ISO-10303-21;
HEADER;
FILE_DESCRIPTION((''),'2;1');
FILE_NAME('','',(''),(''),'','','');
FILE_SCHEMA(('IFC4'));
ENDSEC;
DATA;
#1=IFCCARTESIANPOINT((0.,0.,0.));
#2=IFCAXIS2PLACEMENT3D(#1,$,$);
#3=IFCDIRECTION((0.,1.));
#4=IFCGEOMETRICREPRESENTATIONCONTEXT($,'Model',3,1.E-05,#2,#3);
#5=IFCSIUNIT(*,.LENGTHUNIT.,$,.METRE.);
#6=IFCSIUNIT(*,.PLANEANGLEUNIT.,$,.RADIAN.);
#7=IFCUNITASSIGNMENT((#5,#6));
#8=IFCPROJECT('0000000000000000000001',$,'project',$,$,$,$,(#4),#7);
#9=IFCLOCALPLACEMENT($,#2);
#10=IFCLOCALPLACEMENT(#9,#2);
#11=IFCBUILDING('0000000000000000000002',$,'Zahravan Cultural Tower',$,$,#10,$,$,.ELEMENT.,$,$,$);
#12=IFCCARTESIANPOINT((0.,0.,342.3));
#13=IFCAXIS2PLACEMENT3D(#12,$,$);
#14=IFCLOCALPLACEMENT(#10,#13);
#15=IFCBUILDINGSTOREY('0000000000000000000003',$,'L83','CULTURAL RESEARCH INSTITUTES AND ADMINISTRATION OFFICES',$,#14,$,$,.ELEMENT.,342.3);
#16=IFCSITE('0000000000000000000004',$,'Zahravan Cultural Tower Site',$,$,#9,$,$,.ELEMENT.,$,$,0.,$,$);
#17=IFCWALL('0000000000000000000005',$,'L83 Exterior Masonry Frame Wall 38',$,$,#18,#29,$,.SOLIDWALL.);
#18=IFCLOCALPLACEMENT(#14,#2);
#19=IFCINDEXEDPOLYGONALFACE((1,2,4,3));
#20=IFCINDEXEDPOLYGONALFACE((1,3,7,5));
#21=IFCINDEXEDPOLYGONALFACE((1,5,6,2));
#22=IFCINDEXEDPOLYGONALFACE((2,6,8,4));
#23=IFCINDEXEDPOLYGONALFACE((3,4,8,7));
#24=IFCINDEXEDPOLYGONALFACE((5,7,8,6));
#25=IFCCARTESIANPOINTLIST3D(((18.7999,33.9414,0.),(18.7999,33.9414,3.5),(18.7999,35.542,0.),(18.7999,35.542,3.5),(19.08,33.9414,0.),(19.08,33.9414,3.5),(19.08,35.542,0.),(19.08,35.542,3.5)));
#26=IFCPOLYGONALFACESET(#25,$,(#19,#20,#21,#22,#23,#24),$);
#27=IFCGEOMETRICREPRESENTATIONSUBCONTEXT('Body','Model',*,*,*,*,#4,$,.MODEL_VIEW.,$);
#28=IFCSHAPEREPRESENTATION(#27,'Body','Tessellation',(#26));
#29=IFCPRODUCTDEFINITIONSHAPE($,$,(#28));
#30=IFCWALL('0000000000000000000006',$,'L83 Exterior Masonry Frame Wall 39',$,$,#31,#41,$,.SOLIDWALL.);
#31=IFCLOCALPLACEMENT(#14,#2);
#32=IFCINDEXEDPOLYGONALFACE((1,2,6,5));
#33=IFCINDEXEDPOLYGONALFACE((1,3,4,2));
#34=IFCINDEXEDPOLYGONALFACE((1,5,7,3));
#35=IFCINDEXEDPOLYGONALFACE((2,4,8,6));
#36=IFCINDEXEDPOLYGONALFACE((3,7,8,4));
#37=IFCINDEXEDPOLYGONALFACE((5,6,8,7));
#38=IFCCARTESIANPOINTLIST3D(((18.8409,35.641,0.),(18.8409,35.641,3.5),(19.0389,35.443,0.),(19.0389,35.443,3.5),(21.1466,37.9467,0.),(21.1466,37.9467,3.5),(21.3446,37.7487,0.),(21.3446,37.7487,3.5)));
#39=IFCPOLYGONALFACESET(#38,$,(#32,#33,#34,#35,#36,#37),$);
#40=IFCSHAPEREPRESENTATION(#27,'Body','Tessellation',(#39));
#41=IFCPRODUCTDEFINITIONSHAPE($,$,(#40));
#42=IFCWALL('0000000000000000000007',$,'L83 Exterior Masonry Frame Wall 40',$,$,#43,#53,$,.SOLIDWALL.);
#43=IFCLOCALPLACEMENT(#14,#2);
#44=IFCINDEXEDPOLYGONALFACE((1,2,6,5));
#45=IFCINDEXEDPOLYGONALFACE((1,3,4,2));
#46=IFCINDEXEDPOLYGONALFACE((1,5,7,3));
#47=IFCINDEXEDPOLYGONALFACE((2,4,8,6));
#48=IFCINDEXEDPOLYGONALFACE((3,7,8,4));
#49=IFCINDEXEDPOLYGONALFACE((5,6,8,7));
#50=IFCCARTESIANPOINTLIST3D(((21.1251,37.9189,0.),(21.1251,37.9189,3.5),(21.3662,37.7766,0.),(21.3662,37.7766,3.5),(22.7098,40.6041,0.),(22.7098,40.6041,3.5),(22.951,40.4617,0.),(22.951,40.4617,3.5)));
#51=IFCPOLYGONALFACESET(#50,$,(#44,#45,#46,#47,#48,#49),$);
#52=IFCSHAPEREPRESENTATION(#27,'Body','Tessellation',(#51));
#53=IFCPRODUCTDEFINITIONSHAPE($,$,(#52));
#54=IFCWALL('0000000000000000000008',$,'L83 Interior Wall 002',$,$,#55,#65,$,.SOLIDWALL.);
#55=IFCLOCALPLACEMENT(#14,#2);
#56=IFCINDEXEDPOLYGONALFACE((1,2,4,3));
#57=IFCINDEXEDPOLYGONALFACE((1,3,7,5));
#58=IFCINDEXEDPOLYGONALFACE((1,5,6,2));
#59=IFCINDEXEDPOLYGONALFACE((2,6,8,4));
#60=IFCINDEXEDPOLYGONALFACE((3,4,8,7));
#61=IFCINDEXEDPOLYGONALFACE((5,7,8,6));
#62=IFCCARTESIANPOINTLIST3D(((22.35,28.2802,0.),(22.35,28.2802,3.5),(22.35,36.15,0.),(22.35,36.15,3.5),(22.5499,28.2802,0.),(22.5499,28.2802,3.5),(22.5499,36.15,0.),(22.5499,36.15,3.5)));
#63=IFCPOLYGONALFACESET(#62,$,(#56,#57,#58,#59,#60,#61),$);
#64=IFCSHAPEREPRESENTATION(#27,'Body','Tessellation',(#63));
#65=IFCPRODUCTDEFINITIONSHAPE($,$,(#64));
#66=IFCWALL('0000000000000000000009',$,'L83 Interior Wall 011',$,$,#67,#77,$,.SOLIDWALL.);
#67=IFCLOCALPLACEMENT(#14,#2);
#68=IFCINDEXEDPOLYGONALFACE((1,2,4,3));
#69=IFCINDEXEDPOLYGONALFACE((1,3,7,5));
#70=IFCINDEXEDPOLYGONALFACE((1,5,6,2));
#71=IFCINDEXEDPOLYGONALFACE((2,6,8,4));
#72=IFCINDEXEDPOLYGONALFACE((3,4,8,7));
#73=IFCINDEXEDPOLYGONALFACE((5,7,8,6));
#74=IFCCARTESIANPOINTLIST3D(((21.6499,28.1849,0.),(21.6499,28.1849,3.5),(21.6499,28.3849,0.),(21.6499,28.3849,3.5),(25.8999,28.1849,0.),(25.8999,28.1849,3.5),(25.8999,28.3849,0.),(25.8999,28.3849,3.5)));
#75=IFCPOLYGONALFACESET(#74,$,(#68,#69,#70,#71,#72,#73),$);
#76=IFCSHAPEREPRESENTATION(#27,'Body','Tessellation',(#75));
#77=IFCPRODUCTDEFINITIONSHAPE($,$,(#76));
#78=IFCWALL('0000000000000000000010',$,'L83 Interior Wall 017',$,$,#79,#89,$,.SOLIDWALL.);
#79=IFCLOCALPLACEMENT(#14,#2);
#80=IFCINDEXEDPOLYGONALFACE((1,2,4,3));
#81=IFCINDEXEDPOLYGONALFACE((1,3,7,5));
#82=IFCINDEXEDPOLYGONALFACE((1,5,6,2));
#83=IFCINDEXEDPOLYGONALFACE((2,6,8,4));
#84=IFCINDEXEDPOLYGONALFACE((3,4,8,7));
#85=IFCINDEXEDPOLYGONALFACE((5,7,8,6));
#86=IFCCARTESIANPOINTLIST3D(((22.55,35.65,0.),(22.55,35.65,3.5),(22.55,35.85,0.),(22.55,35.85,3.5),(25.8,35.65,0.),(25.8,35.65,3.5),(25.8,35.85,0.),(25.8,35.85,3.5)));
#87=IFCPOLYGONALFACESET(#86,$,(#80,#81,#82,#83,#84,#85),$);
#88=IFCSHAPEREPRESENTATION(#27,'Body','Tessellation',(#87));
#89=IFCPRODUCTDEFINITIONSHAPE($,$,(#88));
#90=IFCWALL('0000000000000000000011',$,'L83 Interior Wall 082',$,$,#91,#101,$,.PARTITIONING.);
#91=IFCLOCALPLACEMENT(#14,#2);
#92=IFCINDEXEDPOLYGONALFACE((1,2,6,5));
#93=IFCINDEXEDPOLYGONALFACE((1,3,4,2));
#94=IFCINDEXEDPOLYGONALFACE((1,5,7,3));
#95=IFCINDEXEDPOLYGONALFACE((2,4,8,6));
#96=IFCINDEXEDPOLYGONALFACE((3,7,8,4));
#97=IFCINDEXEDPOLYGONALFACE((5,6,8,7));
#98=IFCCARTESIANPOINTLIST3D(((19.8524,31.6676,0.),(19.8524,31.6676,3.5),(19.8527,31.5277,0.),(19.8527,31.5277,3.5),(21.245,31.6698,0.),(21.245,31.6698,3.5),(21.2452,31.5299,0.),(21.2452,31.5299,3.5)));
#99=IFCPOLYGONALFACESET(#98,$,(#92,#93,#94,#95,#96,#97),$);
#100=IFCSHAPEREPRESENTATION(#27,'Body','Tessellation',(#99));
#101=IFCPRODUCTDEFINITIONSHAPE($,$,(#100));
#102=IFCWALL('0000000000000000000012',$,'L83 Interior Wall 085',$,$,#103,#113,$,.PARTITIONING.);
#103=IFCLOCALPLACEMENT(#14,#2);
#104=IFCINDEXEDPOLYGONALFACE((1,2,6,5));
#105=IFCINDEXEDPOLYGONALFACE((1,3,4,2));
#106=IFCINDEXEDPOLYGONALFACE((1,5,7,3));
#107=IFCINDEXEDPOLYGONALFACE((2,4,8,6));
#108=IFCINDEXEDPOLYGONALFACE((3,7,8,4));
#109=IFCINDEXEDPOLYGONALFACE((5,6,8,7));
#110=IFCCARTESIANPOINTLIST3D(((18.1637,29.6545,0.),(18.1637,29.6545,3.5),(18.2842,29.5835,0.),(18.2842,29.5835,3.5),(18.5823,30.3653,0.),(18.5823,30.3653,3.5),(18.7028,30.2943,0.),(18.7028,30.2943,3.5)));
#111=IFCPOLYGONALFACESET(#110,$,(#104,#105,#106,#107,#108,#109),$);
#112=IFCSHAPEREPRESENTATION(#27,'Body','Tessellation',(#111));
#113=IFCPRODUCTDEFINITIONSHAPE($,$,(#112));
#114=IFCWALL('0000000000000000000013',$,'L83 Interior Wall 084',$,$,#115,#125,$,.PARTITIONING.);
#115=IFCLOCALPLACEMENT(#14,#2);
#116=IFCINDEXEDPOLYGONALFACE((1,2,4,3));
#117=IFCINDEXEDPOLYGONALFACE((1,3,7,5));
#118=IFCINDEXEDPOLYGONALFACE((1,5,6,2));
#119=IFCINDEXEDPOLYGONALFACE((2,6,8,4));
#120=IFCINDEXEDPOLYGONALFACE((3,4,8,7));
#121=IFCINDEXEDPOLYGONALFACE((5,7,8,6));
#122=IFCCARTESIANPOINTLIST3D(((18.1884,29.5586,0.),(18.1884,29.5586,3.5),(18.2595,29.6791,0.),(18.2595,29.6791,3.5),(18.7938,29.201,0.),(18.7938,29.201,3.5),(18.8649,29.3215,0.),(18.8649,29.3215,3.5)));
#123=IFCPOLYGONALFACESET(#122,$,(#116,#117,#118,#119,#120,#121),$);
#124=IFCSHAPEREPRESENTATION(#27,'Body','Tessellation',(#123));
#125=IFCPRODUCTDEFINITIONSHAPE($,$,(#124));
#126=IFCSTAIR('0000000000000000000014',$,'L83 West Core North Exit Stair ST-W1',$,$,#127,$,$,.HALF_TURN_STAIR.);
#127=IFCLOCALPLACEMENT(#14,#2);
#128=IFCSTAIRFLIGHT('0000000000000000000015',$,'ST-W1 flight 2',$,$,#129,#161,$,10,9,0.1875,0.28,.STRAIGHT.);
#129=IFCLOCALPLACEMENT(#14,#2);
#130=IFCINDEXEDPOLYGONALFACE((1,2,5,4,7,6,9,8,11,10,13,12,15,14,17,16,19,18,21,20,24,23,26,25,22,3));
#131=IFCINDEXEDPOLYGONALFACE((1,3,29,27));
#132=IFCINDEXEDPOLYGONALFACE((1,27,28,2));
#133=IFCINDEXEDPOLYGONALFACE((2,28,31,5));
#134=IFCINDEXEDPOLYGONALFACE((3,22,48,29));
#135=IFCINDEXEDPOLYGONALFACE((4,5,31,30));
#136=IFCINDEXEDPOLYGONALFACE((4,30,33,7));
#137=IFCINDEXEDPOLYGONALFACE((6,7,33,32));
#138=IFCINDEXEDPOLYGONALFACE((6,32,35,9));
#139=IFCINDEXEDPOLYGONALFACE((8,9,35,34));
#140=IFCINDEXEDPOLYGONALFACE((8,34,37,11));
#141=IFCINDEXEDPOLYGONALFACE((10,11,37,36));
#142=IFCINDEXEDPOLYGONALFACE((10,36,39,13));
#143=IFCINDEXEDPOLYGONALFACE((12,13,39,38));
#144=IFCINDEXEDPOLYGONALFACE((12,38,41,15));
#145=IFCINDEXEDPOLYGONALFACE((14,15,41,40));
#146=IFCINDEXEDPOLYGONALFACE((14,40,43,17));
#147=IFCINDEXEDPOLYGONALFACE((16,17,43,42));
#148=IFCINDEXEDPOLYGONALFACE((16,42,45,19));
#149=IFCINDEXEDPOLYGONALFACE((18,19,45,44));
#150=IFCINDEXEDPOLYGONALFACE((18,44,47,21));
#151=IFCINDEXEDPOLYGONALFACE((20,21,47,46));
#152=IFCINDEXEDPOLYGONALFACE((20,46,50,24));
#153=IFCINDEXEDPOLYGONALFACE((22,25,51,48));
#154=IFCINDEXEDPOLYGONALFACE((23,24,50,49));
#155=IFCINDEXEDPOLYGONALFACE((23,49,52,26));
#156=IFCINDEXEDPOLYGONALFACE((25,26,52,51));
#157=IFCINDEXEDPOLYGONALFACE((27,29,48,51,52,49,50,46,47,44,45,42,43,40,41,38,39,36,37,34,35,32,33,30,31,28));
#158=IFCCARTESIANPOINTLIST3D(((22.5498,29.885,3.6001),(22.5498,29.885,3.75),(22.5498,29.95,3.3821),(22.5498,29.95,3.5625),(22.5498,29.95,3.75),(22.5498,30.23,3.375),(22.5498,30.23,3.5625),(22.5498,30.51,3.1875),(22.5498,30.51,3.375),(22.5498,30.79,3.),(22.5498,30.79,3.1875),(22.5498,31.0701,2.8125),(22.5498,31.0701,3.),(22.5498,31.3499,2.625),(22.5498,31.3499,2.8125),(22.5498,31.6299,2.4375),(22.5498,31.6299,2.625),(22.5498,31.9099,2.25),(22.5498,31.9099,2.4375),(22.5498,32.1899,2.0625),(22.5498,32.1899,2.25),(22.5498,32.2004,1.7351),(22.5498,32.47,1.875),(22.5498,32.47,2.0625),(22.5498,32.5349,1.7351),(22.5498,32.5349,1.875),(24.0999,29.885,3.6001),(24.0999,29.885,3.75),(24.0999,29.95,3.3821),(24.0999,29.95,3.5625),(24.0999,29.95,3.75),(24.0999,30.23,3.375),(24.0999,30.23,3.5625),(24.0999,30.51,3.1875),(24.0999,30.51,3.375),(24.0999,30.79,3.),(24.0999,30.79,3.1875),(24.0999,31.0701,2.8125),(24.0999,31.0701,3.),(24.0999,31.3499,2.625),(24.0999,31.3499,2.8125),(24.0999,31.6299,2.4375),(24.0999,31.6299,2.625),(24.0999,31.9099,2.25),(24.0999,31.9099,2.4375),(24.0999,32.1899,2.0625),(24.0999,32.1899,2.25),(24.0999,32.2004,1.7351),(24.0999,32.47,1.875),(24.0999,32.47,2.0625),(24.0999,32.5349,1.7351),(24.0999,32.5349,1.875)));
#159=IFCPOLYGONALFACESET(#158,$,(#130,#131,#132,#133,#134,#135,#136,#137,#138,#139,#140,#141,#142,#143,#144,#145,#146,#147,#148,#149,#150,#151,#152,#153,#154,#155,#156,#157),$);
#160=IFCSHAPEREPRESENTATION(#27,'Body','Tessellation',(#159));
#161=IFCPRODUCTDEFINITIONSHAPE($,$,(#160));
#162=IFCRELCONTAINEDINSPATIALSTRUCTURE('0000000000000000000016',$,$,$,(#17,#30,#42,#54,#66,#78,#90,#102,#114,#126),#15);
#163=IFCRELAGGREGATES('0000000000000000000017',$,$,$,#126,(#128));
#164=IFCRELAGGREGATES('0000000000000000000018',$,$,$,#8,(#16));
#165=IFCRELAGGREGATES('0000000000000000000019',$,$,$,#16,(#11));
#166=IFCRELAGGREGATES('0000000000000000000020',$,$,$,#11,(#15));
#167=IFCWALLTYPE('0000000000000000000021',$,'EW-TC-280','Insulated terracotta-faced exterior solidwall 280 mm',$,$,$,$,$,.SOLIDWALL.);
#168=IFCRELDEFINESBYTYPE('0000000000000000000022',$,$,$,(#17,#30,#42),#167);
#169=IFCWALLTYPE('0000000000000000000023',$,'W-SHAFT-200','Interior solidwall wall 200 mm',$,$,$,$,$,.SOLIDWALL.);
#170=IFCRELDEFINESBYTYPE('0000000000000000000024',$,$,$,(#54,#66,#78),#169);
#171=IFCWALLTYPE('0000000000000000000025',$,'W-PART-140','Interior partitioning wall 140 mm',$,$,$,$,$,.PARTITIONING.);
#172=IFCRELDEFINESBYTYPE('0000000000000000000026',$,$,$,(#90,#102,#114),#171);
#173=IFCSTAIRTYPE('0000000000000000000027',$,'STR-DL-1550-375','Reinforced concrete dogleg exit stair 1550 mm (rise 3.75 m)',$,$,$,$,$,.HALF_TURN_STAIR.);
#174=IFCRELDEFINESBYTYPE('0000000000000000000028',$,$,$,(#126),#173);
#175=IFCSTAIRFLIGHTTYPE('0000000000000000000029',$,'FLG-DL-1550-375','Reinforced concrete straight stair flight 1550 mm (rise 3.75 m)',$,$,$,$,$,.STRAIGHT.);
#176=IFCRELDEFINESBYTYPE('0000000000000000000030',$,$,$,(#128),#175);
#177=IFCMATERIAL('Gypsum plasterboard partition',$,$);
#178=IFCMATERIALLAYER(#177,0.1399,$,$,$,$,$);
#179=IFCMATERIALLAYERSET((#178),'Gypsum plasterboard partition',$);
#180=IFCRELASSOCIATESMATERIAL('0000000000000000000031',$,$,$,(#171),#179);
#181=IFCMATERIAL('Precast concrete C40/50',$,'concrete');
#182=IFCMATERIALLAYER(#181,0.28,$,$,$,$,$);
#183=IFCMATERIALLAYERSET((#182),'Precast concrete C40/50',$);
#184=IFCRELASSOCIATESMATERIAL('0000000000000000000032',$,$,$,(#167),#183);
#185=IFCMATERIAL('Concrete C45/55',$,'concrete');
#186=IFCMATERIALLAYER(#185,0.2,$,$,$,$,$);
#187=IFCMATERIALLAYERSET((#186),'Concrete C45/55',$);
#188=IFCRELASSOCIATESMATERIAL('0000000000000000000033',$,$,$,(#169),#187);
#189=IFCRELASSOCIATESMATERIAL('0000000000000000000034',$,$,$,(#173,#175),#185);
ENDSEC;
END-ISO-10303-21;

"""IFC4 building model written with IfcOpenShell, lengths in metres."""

from ifc_helpers import new_model, si_unit, direction, frame, frame_2d, origin, place, context, subcontext, project, spatial, polyline, rectangle, outline, extrude, source, transform, mapped, material, layer, layer_set, type_object, element, aggregate, save


model = new_model("IFC4")

# Units and contexts
model_context = context("Model", 3, precision=1e-05, world=origin(), true_north=direction((0.0, 1.0)))
body_context = subcontext(model_context, "Body", "Model", "MODEL_VIEW")
ifc_project = project(units=[si_unit("LENGTHUNIT", "METRE"), si_unit("PLANEANGLEUNIT", "RADIAN")], contexts=[model_context])

# Site, building, storey
site_placement = place(None, origin())
site = spatial("IfcSite", under=ifc_project, at=site_placement, Name="Zahravan Cultural Tower Site", CompositionType="ELEMENT", RefElevation=0.0)
building_placement = place(site_placement, origin())
building = spatial("IfcBuilding", under=site, at=building_placement, Name="Zahravan Cultural Tower", CompositionType="ELEMENT")
storey_placement = place(building_placement, frame((0.0, 0.0, 342.3)))
storey = spatial("IfcBuildingStorey", under=building, at=storey_placement, Name="L83", Description="CULTURAL RESEARCH INSTITUTES AND ADMINISTRATION OFFICES", CompositionType="ELEMENT", Elevation=342.3)

# Shared definitions
ifc_material_1 = material(Name="Gypsum plasterboard partition")
ifc_layer_1 = layer(ifc_material_1, 0.1399)
ifc_layer_set_1 = layer_set([ifc_layer_1], Name="Gypsum plasterboard partition")
wall_type_1 = type_object("IfcWallType", Name="W-PART-140", Description="Interior partitioning wall 140 mm", PredefinedType="PARTITIONING", material=ifc_layer_set_1)

# Walls
ifc_material_2 = material(Name="Precast concrete C40/50", Category="concrete")
ifc_layer_2 = layer(ifc_material_2, 0.28)
ifc_layer_set_2 = layer_set([ifc_layer_2], Name="Precast concrete C40/50")
wall_type_2 = type_object("IfcWallType", Name="EW-TC-280", Description="Insulated terracotta-faced exterior solidwall 280 mm", PredefinedType="SOLIDWALL", material=ifc_layer_set_2)
shared_shape_1 = source(origin(), body_context, "Body", "SweptSolid", [
    extrude(rectangle(XDim=1.6006, YDim=0.28, at=frame_2d((0.8003, 0.0))), origin(), (0.0, 0.0, 1.0), 3.5),
])
wall_1_placement = place(storey_placement, frame((18.9399, 33.9414, 0.0), z_axis=(0.0, 0.0, 1.0), x_axis=(0.0, 1.0, 0.0)))
element("IfcWall", 1, at=wall_1_placement, inside=storey, type_object=wall_type_2, Name="L83 Exterior Masonry Frame Wall 38", PredefinedType="SOLIDWALL", context=body_context, shape_type="MappedRepresentation", body=[
    mapped(shared_shape_1, transform((0.0, 0.0, 0.0), x_axis=(1.0, 0.0, 0.0), y_axis=(0.0, 1.0, 0.0), z_axis=(0.0, 0.0, 1.0), scale=1.0)),
])
shared_shape_2 = source(origin(), body_context, "Body", "SweptSolid", [
    extrude(rectangle(XDim=3.2607, YDim=0.28, at=frame_2d((1.6304, 0.0))), origin(), (0.0, 0.0, 1.0), 3.5),
])
wall_2_placement = place(storey_placement, frame((18.9399, 35.542, 0.0), z_axis=(0.0, 0.0, 1.0), x_axis=(0.707107, 0.707107, 0.0)))
element("IfcWall", 2, at=wall_2_placement, inside=storey, type_object=wall_type_2, Name="L83 Exterior Masonry Frame Wall 39", PredefinedType="SOLIDWALL", context=body_context, shape_type="MappedRepresentation", body=[
    mapped(shared_shape_2, transform((0.0, 0.0, 0.0), x_axis=(1.0, 0.0, 0.0), y_axis=(0.0, 1.0, 0.0), z_axis=(0.0, 0.0, 1.0), scale=1.0)),
])
shared_shape_3 = source(origin(), body_context, "Body", "SweptSolid", [
    extrude(rectangle(XDim=3.1179, YDim=0.28, at=frame_2d((1.5591, 0.0))), origin(), (0.0, 0.0, 1.0), 3.5),
])
wall_3_placement = place(storey_placement, frame((21.2456, 37.8477, 0.0), z_axis=(0.0, 0.0, 1.0), x_axis=(0.508275, 0.861195, 0.0)))
element("IfcWall", 3, at=wall_3_placement, inside=storey, type_object=wall_type_2, Name="L83 Exterior Masonry Frame Wall 40", PredefinedType="SOLIDWALL", context=body_context, shape_type="MappedRepresentation", body=[
    mapped(shared_shape_3, transform((0.0, 0.0, 0.0), x_axis=(1.0, 0.0, 0.0), y_axis=(0.0, 1.0, 0.0), z_axis=(0.0, 0.0, 1.0), scale=1.0)),
])
ifc_material_3 = material(Name="Concrete C45/55", Category="concrete")
ifc_layer_3 = layer(ifc_material_3, 0.2)
ifc_layer_set_3 = layer_set([ifc_layer_3], Name="Concrete C45/55")
wall_type_3 = type_object("IfcWallType", Name="W-SHAFT-200", Description="Interior solidwall wall 200 mm", PredefinedType="SOLIDWALL", material=ifc_layer_set_3)
shared_shape_4 = source(origin(), body_context, "Body", "SweptSolid", [
    extrude(rectangle(XDim=7.8699, YDim=0.2, at=frame_2d((3.9351, 0.0))), origin(), (0.0, 0.0, 1.0), 3.5),
])
wall_4_placement = place(storey_placement, frame((22.45, 28.28, 0.0), z_axis=(0.0, 0.0, 1.0), x_axis=(0.0, 1.0, 0.0)))
element("IfcWall", 4, at=wall_4_placement, inside=storey, type_object=wall_type_3, Name="L83 Interior Wall 002", PredefinedType="SOLIDWALL", context=body_context, shape_type="MappedRepresentation", body=[
    mapped(shared_shape_4, transform((0.0, 0.0, 0.0), x_axis=(1.0, 0.0, 0.0), y_axis=(0.0, 1.0, 0.0), z_axis=(0.0, 0.0, 1.0), scale=1.0)),
])
shared_shape_5 = source(origin(), body_context, "Body", "SweptSolid", [
    extrude(rectangle(XDim=4.25, YDim=0.2, at=frame_2d((2.125, 0.0))), origin(), (0.0, 0.0, 1.0), 3.5),
])
wall_5_placement = place(storey_placement, frame((21.6499, 28.2849, 0.0), z_axis=(0.0, 0.0, 1.0), x_axis=(1.0, 0.0, 0.0)))
element("IfcWall", 5, at=wall_5_placement, inside=storey, type_object=wall_type_3, Name="L83 Interior Wall 011", PredefinedType="SOLIDWALL", context=body_context, shape_type="MappedRepresentation", body=[
    mapped(shared_shape_5, transform((0.0, 0.0, 0.0), x_axis=(1.0, 0.0, 0.0), y_axis=(0.0, 1.0, 0.0), z_axis=(0.0, 0.0, 1.0), scale=1.0)),
])
shared_shape_6 = source(origin(), body_context, "Body", "SweptSolid", [
    extrude(rectangle(XDim=3.25, YDim=0.2, at=frame_2d((1.625, 0.0))), origin(), (0.0, 0.0, 1.0), 3.5),
])
wall_6_placement = place(storey_placement, frame((22.55, 35.75, 0.0), z_axis=(0.0, 0.0, 1.0), x_axis=(1.0, 0.0, 0.0)))
element("IfcWall", 6, at=wall_6_placement, inside=storey, type_object=wall_type_3, Name="L83 Interior Wall 017", PredefinedType="SOLIDWALL", context=body_context, shape_type="MappedRepresentation", body=[
    mapped(shared_shape_6, transform((0.0, 0.0, 0.0), x_axis=(1.0, 0.0, 0.0), y_axis=(0.0, 1.0, 0.0), z_axis=(0.0, 0.0, 1.0), scale=1.0)),
])
shared_shape_7 = source(origin(), body_context, "Body", "SweptSolid", [
    extrude(rectangle(XDim=1.3926, YDim=0.1399, at=frame_2d((0.6963, 0.0))), origin(), (0.0, 0.0, 1.0), 3.5),
])
wall_7_placement = place(storey_placement, frame((21.2451, 31.5999, 0.0), z_axis=(0.0, 0.0, 1.0), x_axis=(-0.999999, -0.001578, 0.0)))
element("IfcWall", 7, at=wall_7_placement, inside=storey, type_object=wall_type_1, Name="L83 Interior Wall 082", PredefinedType="PARTITIONING", context=body_context, shape_type="MappedRepresentation", body=[
    mapped(shared_shape_7, transform((0.0, 0.0, 0.0), x_axis=(1.0, 0.0, 0.0), y_axis=(0.0, 1.0, 0.0), z_axis=(0.0, 0.0, 1.0), scale=1.0)),
])
shared_shape_8 = source(origin(), body_context, "Body", "SweptSolid", [
    extrude(rectangle(XDim=0.825, YDim=0.1399, at=frame_2d((0.4126, 0.0))), origin(), (0.0, 0.0, 1.0), 3.5),
])
wall_8_placement = place(storey_placement, frame((18.2239, 29.6189, 0.0), z_axis=(0.0, 0.0, 1.0), x_axis=(0.507473, 0.861668, 0.0)))
element("IfcWall", 8, at=wall_8_placement, inside=storey, type_object=wall_type_1, Name="L83 Interior Wall 085", PredefinedType="PARTITIONING", context=body_context, shape_type="MappedRepresentation", body=[
    mapped(shared_shape_8, transform((0.0, 0.0, 0.0), x_axis=(1.0, 0.0, 0.0), y_axis=(0.0, 1.0, 0.0), z_axis=(0.0, 0.0, 1.0), scale=1.0)),
])
shared_shape_9 = source(origin(), body_context, "Body", "SweptSolid", [
    extrude(rectangle(XDim=0.7031, YDim=0.1399, at=frame_2d((0.3516, 0.0))), origin(), (0.0, 0.0, 1.0), 3.5),
])
wall_9_placement = place(storey_placement, frame((18.8293, 29.2612, 0.0), z_axis=(0.0, 0.0, 1.0), x_axis=(-0.860996, 0.508612, 0.0)))
element("IfcWall", 9, at=wall_9_placement, inside=storey, type_object=wall_type_1, Name="L83 Interior Wall 084", PredefinedType="PARTITIONING", context=body_context, shape_type="MappedRepresentation", body=[
    mapped(shared_shape_9, transform((0.0, 0.0, 0.0), x_axis=(1.0, 0.0, 0.0), y_axis=(0.0, 1.0, 0.0), z_axis=(0.0, 0.0, 1.0), scale=1.0)),
])

# Stair, stair flight
stair_type = type_object("IfcStairType", Name="STR-DL-1550-375", Description="Reinforced concrete dogleg exit stair 1550 mm (rise 3.75 m)", PredefinedType="HALF_TURN_STAIR", material=ifc_material_3)
stair_placement = place(storey_placement, origin())
stair = element("IfcStair", 10, at=stair_placement, inside=storey, type_object=stair_type, Name="L83 West Core North Exit Stair ST-W1", PredefinedType="HALF_TURN_STAIR")
stair_flight_type = type_object("IfcStairFlightType", Name="FLG-DL-1550-375", Description="Reinforced concrete straight stair flight 1550 mm (rise 3.75 m)", PredefinedType="STRAIGHT", material=ifc_material_3)
stair_flight_placement = place(storey_placement, frame((23.325, 32.47, 1.875), z_axis=(0.0, 0.0, 1.0), x_axis=(0.0, -1.0, 0.0)))
stair_flight = element("IfcStairFlight", 11, at=stair_flight_placement, type_object=stair_flight_type, Name="ST-W1 flight 2", NumberOfRisers=10, NumberOfTreads=9, PredefinedType="STRAIGHT", RiserHeight=0.1875, TreadLength=0.28, context=body_context, shape_type="SweptSolid", body=[
    extrude(outline(polyline([(-0.0649, -0.1399), (-0.0649, 0.0), (0.0, 0.0), (0.0, 0.1875), (0.28, 0.1875), (0.28, 0.375), (0.5601, 0.375), (0.5601, 0.5625), (0.8401, 0.5625), (0.8401, 0.75), (1.1201, 0.75), (1.1201, 0.9375), (1.3999, 0.9375), (1.3999, 1.125), (1.6799, 1.125), (1.6799, 1.3125), (1.96, 1.3125), (1.96, 1.5), (2.24, 1.5), (2.24, 1.6875), (2.52, 1.6875), (2.52, 1.875), (2.585, 1.875), (2.585, 1.7251), (2.52, 1.5071), (0.2695, -0.1399), (-0.0649, -0.1399)])), frame((0.0, 0.7749, 0.0), z_axis=(0.0, -1.0, 0.0), x_axis=(1.0, 0.0, 0.0)), (0.0, 0.0, 1.0), 1.55),
])
aggregate(stair, [stair_flight])

save(model, "model.ifc")
